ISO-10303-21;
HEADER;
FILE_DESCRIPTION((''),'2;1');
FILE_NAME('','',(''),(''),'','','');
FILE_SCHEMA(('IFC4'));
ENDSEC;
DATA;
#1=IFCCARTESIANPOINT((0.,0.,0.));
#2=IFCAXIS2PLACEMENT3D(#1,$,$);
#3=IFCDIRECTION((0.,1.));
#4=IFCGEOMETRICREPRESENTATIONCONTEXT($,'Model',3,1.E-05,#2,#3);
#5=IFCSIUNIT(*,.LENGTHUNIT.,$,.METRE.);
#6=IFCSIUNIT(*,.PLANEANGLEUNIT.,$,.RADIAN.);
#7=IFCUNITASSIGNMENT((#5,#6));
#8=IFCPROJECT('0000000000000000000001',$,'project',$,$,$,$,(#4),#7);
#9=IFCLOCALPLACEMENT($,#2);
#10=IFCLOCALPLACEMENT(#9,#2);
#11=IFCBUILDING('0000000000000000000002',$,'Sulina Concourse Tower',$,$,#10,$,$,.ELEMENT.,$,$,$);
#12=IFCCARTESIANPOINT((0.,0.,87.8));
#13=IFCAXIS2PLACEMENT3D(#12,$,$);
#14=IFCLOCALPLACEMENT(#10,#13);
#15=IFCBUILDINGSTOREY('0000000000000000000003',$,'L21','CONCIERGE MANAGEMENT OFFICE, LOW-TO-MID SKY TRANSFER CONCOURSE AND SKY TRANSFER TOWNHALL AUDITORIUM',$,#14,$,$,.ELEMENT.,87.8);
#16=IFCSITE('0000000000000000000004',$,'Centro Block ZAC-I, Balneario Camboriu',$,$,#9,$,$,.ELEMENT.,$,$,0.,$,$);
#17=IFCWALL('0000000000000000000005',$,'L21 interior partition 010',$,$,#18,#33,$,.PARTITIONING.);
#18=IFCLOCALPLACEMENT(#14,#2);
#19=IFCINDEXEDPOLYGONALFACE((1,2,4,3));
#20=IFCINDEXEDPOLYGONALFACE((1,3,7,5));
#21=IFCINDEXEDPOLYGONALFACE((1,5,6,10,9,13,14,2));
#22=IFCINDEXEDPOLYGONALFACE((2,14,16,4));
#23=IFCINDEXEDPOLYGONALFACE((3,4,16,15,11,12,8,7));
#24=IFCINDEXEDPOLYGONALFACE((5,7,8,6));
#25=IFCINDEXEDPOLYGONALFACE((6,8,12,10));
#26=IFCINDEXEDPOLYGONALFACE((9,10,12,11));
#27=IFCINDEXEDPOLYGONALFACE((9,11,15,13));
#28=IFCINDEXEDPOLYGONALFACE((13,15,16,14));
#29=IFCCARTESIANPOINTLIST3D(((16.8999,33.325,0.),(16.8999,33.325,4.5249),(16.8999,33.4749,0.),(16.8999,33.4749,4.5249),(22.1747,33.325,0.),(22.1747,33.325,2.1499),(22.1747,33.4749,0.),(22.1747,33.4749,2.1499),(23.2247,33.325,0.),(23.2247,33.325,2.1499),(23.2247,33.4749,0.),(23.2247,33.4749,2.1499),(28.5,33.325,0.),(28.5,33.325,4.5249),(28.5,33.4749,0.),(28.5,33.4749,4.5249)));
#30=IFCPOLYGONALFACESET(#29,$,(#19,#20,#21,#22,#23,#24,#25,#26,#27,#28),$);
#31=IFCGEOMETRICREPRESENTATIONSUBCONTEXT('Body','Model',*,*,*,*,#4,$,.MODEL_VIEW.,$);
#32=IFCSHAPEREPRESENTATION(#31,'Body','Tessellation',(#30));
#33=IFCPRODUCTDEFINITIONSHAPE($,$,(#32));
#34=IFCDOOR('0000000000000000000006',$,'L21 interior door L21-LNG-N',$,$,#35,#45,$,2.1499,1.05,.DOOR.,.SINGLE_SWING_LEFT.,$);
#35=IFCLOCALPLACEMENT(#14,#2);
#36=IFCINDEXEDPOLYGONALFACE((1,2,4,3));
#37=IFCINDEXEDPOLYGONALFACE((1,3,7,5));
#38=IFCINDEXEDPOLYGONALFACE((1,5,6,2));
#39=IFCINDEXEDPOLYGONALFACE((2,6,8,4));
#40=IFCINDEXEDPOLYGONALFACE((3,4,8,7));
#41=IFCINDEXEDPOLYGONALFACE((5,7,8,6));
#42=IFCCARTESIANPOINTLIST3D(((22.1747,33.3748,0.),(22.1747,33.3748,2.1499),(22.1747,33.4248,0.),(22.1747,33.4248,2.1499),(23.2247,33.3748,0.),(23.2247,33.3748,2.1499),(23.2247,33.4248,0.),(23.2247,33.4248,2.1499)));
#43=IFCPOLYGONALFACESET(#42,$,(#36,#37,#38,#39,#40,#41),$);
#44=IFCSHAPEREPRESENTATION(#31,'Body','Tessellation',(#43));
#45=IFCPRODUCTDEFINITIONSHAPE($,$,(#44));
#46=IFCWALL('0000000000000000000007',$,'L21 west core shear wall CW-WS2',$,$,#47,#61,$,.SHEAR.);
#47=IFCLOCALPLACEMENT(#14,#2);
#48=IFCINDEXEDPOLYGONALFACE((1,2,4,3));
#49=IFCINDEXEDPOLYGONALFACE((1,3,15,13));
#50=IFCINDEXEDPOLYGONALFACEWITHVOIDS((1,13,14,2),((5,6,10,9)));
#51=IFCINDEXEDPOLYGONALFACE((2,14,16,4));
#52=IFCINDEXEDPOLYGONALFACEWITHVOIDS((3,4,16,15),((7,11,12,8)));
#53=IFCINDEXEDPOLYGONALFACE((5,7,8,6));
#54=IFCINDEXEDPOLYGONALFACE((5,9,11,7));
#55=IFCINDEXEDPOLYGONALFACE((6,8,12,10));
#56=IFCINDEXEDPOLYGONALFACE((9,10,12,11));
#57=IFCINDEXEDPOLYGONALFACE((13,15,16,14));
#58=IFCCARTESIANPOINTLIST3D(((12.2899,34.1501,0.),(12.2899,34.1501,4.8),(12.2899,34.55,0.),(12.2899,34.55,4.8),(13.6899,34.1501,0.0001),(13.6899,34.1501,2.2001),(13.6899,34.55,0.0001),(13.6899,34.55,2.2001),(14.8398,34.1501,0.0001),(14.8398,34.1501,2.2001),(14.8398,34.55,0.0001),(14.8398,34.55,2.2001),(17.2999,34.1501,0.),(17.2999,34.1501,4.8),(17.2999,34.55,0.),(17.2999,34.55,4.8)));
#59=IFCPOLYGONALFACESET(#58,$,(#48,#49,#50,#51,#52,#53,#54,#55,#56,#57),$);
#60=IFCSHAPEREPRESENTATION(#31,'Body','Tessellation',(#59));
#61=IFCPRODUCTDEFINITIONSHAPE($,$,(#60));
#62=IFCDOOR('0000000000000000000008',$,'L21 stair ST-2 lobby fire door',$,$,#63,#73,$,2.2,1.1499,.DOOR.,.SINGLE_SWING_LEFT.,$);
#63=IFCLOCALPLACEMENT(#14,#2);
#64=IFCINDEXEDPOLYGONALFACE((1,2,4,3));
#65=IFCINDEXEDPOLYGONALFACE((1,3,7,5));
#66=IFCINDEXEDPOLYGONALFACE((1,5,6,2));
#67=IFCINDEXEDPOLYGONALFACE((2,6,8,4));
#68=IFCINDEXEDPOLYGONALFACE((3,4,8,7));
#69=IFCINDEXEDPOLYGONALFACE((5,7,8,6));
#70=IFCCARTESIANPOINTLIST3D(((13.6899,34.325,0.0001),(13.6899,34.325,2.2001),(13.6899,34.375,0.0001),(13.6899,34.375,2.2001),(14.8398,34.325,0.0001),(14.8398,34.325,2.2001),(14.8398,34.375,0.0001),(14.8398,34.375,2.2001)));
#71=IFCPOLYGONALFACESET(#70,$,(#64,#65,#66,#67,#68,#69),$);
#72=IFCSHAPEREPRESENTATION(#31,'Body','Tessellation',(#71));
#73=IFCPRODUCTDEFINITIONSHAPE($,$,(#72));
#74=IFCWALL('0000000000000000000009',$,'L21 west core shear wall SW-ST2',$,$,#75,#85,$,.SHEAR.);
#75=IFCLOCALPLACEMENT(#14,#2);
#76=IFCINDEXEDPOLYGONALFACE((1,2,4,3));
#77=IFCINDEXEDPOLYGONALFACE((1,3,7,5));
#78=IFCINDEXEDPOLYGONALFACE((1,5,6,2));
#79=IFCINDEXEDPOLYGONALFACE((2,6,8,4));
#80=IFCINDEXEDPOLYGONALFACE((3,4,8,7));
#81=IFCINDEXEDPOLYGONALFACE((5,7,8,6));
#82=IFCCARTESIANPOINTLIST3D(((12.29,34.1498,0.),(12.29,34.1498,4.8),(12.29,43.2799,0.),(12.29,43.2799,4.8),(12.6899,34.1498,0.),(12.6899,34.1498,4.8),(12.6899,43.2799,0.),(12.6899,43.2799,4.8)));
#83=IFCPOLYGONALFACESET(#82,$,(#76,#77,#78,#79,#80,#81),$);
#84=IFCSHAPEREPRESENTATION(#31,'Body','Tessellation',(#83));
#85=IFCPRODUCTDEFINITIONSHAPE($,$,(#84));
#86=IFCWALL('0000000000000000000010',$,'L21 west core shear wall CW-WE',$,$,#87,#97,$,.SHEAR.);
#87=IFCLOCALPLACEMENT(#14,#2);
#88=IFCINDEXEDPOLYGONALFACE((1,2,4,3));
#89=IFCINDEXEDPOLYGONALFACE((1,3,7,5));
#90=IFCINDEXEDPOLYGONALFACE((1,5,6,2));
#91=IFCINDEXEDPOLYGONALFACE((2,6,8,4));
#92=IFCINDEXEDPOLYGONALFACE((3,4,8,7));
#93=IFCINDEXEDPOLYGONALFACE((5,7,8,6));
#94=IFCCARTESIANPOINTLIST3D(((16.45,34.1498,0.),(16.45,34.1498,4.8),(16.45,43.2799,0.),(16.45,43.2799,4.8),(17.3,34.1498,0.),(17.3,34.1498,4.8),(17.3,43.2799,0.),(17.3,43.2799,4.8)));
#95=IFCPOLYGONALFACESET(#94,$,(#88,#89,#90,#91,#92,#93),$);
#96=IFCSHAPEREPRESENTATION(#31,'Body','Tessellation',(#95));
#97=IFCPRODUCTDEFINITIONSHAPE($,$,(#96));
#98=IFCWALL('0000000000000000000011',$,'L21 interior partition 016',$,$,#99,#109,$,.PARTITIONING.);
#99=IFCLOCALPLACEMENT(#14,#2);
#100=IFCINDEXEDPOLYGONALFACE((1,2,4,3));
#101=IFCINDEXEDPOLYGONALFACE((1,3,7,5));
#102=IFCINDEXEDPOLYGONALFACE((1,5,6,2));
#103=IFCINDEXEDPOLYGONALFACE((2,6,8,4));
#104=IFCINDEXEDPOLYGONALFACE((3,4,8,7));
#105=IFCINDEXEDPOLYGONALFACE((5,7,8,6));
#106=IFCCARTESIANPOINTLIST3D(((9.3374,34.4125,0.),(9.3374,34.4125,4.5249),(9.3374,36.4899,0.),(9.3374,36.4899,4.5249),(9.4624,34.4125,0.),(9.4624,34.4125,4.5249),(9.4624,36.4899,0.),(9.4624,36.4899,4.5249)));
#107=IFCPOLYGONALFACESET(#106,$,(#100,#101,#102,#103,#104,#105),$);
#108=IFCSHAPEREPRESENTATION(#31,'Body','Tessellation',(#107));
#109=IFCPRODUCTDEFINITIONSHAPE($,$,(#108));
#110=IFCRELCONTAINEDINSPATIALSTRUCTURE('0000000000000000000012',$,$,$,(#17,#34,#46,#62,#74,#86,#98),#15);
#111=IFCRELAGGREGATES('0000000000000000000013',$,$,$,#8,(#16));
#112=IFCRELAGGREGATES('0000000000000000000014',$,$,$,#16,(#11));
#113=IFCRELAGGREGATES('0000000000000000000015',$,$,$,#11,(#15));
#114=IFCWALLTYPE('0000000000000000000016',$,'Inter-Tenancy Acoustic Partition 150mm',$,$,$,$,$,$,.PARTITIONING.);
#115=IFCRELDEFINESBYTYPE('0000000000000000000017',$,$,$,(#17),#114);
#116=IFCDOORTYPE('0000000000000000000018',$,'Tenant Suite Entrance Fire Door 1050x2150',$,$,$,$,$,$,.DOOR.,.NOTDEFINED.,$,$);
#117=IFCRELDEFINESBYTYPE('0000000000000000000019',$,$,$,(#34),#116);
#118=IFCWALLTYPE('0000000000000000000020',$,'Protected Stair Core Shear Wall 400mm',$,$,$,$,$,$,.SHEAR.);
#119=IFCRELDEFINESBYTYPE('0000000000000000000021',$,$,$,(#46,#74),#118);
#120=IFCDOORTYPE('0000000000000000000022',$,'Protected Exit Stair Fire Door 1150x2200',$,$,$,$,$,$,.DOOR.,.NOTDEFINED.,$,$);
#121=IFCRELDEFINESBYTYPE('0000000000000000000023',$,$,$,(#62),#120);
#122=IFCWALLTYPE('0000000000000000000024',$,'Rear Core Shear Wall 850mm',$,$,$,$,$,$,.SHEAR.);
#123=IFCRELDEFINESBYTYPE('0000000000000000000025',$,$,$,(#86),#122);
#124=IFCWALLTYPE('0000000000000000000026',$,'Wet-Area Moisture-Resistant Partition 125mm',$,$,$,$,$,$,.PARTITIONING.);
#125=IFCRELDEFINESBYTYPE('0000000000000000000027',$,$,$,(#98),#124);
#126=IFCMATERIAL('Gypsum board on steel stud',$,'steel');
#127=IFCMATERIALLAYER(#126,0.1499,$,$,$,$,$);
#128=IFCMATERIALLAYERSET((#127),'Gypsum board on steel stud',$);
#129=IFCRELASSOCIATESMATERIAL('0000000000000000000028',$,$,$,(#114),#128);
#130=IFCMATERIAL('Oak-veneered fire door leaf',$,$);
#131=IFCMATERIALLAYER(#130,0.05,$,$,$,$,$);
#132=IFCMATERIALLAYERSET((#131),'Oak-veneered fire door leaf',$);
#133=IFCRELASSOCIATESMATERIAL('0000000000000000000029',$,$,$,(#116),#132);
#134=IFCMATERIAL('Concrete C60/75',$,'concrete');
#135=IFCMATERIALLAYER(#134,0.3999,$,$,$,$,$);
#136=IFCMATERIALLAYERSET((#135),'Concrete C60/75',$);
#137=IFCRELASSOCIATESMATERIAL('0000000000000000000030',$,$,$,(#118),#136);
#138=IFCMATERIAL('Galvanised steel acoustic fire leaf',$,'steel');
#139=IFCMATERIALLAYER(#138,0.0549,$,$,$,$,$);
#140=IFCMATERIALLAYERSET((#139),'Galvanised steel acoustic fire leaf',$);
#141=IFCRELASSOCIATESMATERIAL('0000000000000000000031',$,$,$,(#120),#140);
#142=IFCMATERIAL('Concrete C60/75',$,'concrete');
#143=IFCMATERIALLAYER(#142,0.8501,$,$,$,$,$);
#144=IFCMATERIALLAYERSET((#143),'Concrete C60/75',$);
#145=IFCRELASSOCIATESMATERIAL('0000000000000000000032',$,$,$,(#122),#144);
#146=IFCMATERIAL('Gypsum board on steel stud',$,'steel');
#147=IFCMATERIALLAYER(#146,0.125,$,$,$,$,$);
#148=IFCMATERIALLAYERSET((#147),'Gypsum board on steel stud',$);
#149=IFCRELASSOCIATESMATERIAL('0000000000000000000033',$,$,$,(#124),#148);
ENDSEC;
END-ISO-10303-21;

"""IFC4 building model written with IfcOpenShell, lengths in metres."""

from ifc_helpers import new_model, si_unit, direction, frame, frame_2d, origin, place, context, subcontext, project, spatial, rectangle, extrude, material, layer, layer_set, type_object, element, fill, save


model = new_model("IFC4")

# Units and contexts
model_context = context("Model", 3, precision=1e-05, world=origin(), true_north=direction((0.0, 1.0)))
body_context = subcontext(model_context, "Body", "Model", "MODEL_VIEW")
ifc_project = project(units=[si_unit("LENGTHUNIT", "METRE"), si_unit("PLANEANGLEUNIT", "RADIAN")], contexts=[model_context])

# Site, building, storey
site_placement = place(None, origin())
site = spatial("IfcSite", under=ifc_project, at=site_placement, Name="Centro Block ZAC-I, Balneario Camboriu", CompositionType="ELEMENT", RefElevation=0.0)
building_placement = place(site_placement, origin())
building = spatial("IfcBuilding", under=site, at=building_placement, Name="Sulina Concourse Tower", CompositionType="ELEMENT")
storey_placement = place(building_placement, frame((0.0, 0.0, 87.8)))
storey = spatial("IfcBuildingStorey", under=building, at=storey_placement, Name="L21", Description="CONCIERGE MANAGEMENT OFFICE, LOW-TO-MID SKY TRANSFER CONCOURSE AND SKY TRANSFER TOWNHALL AUDITORIUM", CompositionType="ELEMENT", Elevation=87.8)

# Walls, openings, doors
ifc_material_1 = material(Name="Gypsum board on steel stud", Category="steel")
ifc_layer_1 = layer(ifc_material_1, 0.1499)
ifc_layer_set_1 = layer_set([ifc_layer_1], Name="Gypsum board on steel stud")
wall_type_1 = type_object("IfcWallType", Name="Inter-Tenancy Acoustic Partition 150mm", PredefinedType="PARTITIONING", material=ifc_layer_set_1)
wall_1_placement = place(storey_placement, frame((16.8999, 33.3999, 0.0), z_axis=(0.0, 0.0, 1.0), x_axis=(1.0, 0.0, 0.0)))
wall_1 = element("IfcWall", 1, at=wall_1_placement, inside=storey, type_object=wall_type_1, Name="L21 interior partition 010", PredefinedType="PARTITIONING", context=body_context, shape_type="SweptSolid", body=[
    extrude(rectangle(XDim=11.6001, YDim=0.1499, at=frame_2d((5.8, 0.0))), origin(), (0.0, 0.0, 1.0), 4.5249),
])
opening_1_placement = place(wall_1_placement, frame((5.2749, 0.0, 0.0)))
opening_1 = element("IfcOpeningElement", 2, at=opening_1_placement, cuts=wall_1, PredefinedType="OPENING", context=body_context, shape_type="SweptSolid", body=[
    extrude(rectangle(XDim=1.05, YDim=2.1499, at=frame_2d((0.5249, 1.075))), frame((0.0, 0.085, 0.0), z_axis=(0.0, -1.0, 0.0), x_axis=(1.0, 0.0, 0.0)), (0.0, 0.0, 1.0), 0.1699),
])
ifc_material_2 = material(Name="Oak-veneered fire door leaf")
ifc_layer_2 = layer(ifc_material_2, 0.05)
ifc_layer_set_2 = layer_set([ifc_layer_2], Name="Oak-veneered fire door leaf")
door_type_1 = type_object("IfcDoorType", Name="Tenant Suite Entrance Fire Door 1050x2150", OperationType="NOTDEFINED", PredefinedType="DOOR", material=ifc_layer_set_2)
door_1_placement = place(opening_1_placement, origin())
door_1 = element("IfcDoor", 3, at=door_1_placement, inside=storey, type_object=door_type_1, Name="L21 interior door L21-LNG-N", OperationType="SINGLE_SWING_LEFT", OverallHeight=2.1499, OverallWidth=1.05, PredefinedType="DOOR", context=body_context, shape_type="SweptSolid", body=[
    extrude(rectangle(XDim=1.05, YDim=2.1499, at=frame_2d((0.5249, 1.075))), frame((0.0, 0.0249, 0.0), z_axis=(0.0, -1.0, 0.0), x_axis=(1.0, 0.0, 0.0)), (0.0, 0.0, 1.0), 0.05),
])
fill(opening_1, door_1)
ifc_material_3 = material(Name="Concrete C60/75", Category="concrete")
ifc_layer_3 = layer(ifc_material_3, 0.3999)
ifc_layer_set_3 = layer_set([ifc_layer_3], Name="Concrete C60/75")
wall_type_2 = type_object("IfcWallType", Name="Protected Stair Core Shear Wall 400mm", PredefinedType="SHEAR", material=ifc_layer_set_3)
wall_2_placement = place(storey_placement, frame((12.29, 34.3501, 0.0), z_axis=(0.0, 0.0, 1.0), x_axis=(1.0, 0.0, 0.0)))
wall_2 = element("IfcWall", 4, at=wall_2_placement, inside=storey, type_object=wall_type_2, Name="L21 west core shear wall CW-WS2", PredefinedType="SHEAR", context=body_context, shape_type="SweptSolid", body=[
    extrude(rectangle(XDim=5.01, YDim=0.3999, at=frame_2d((2.5049, 0.0))), origin(), (0.0, 0.0, 1.0), 4.8),
])
opening_2_placement = place(wall_2_placement, frame((1.3999, 0.0, 0.0)))
opening_2 = element("IfcOpeningElement", 5, at=opening_2_placement, cuts=wall_2, PredefinedType="OPENING", context=body_context, shape_type="SweptSolid", body=[
    extrude(rectangle(XDim=1.1499, YDim=2.2, at=frame_2d((0.575, 1.1001))), frame((0.0, 0.21, 0.0), z_axis=(0.0, -1.0, 0.0), x_axis=(1.0, 0.0, 0.0)), (0.0, 0.0, 1.0), 0.4199),
])
ifc_material_4 = material(Name="Galvanised steel acoustic fire leaf", Category="steel")
ifc_layer_4 = layer(ifc_material_4, 0.0549)
ifc_layer_set_4 = layer_set([ifc_layer_4], Name="Galvanised steel acoustic fire leaf")
door_type_2 = type_object("IfcDoorType", Name="Protected Exit Stair Fire Door 1150x2200", OperationType="NOTDEFINED", PredefinedType="DOOR", material=ifc_layer_set_4)
door_2_placement = place(opening_2_placement, origin())
door_2 = element("IfcDoor", 6, at=door_2_placement, inside=storey, type_object=door_type_2, Name="L21 stair ST-2 lobby fire door", OperationType="SINGLE_SWING_LEFT", OverallHeight=2.2, OverallWidth=1.1499, PredefinedType="DOOR", context=body_context, shape_type="SweptSolid", body=[
    extrude(rectangle(XDim=1.1499, YDim=2.2, at=frame_2d((0.575, 1.1001))), frame((0.0, 0.0249, 0.0), z_axis=(0.0, -1.0, 0.0), x_axis=(1.0, 0.0, 0.0)), (0.0, 0.0, 1.0), 0.05),
])
fill(opening_2, door_2)

# Walls
wall_3_placement = place(storey_placement, frame((12.49, 34.1499, 0.0), z_axis=(0.0, 0.0, 1.0), x_axis=(0.0, 1.0, 0.0)))
element("IfcWall", 7, at=wall_3_placement, inside=storey, type_object=wall_type_2, Name="L21 west core shear wall SW-ST2", PredefinedType="SHEAR", context=body_context, shape_type="SweptSolid", body=[
    extrude(rectangle(XDim=9.1301, YDim=0.3999, at=frame_2d((4.5649, 0.0))), origin(), (0.0, 0.0, 1.0), 4.8),
])
ifc_material_5 = material(Name="Concrete C60/75", Category="concrete")
ifc_layer_5 = layer(ifc_material_5, 0.8501)
ifc_layer_set_5 = layer_set([ifc_layer_5], Name="Concrete C60/75")
wall_type_3 = type_object("IfcWallType", Name="Rear Core Shear Wall 850mm", PredefinedType="SHEAR", material=ifc_layer_set_5)
wall_4_placement = place(storey_placement, frame((16.875, 34.1499, 0.0), z_axis=(0.0, 0.0, 1.0), x_axis=(0.0, 1.0, 0.0)))
element("IfcWall", 8, at=wall_4_placement, inside=storey, type_object=wall_type_3, Name="L21 west core shear wall CW-WE", PredefinedType="SHEAR", context=body_context, shape_type="SweptSolid", body=[
    extrude(rectangle(XDim=9.1301, YDim=0.8501, at=frame_2d((4.5649, 0.0))), origin(), (0.0, 0.0, 1.0), 4.8),
])
ifc_material_6 = material(Name="Gypsum board on steel stud", Category="steel")
ifc_layer_6 = layer(ifc_material_6, 0.125)
ifc_layer_set_6 = layer_set([ifc_layer_6], Name="Gypsum board on steel stud")
wall_type_4 = type_object("IfcWallType", Name="Wet-Area Moisture-Resistant Partition 125mm", PredefinedType="PARTITIONING", material=ifc_layer_set_6)
wall_5_placement = place(storey_placement, frame((9.3999, 34.4126, 0.0), z_axis=(0.0, 0.0, 1.0), x_axis=(0.0, 1.0, 0.0)))
element("IfcWall", 9, at=wall_5_placement, inside=storey, type_object=wall_type_4, Name="L21 interior partition 016", PredefinedType="PARTITIONING", context=body_context, shape_type="SweptSolid", body=[
    extrude(rectangle(XDim=2.0774, YDim=0.125, at=frame_2d((1.0386, 0.0))), origin(), (0.0, 0.0, 1.0), 4.5249),
])

save(model, "model.ifc")
